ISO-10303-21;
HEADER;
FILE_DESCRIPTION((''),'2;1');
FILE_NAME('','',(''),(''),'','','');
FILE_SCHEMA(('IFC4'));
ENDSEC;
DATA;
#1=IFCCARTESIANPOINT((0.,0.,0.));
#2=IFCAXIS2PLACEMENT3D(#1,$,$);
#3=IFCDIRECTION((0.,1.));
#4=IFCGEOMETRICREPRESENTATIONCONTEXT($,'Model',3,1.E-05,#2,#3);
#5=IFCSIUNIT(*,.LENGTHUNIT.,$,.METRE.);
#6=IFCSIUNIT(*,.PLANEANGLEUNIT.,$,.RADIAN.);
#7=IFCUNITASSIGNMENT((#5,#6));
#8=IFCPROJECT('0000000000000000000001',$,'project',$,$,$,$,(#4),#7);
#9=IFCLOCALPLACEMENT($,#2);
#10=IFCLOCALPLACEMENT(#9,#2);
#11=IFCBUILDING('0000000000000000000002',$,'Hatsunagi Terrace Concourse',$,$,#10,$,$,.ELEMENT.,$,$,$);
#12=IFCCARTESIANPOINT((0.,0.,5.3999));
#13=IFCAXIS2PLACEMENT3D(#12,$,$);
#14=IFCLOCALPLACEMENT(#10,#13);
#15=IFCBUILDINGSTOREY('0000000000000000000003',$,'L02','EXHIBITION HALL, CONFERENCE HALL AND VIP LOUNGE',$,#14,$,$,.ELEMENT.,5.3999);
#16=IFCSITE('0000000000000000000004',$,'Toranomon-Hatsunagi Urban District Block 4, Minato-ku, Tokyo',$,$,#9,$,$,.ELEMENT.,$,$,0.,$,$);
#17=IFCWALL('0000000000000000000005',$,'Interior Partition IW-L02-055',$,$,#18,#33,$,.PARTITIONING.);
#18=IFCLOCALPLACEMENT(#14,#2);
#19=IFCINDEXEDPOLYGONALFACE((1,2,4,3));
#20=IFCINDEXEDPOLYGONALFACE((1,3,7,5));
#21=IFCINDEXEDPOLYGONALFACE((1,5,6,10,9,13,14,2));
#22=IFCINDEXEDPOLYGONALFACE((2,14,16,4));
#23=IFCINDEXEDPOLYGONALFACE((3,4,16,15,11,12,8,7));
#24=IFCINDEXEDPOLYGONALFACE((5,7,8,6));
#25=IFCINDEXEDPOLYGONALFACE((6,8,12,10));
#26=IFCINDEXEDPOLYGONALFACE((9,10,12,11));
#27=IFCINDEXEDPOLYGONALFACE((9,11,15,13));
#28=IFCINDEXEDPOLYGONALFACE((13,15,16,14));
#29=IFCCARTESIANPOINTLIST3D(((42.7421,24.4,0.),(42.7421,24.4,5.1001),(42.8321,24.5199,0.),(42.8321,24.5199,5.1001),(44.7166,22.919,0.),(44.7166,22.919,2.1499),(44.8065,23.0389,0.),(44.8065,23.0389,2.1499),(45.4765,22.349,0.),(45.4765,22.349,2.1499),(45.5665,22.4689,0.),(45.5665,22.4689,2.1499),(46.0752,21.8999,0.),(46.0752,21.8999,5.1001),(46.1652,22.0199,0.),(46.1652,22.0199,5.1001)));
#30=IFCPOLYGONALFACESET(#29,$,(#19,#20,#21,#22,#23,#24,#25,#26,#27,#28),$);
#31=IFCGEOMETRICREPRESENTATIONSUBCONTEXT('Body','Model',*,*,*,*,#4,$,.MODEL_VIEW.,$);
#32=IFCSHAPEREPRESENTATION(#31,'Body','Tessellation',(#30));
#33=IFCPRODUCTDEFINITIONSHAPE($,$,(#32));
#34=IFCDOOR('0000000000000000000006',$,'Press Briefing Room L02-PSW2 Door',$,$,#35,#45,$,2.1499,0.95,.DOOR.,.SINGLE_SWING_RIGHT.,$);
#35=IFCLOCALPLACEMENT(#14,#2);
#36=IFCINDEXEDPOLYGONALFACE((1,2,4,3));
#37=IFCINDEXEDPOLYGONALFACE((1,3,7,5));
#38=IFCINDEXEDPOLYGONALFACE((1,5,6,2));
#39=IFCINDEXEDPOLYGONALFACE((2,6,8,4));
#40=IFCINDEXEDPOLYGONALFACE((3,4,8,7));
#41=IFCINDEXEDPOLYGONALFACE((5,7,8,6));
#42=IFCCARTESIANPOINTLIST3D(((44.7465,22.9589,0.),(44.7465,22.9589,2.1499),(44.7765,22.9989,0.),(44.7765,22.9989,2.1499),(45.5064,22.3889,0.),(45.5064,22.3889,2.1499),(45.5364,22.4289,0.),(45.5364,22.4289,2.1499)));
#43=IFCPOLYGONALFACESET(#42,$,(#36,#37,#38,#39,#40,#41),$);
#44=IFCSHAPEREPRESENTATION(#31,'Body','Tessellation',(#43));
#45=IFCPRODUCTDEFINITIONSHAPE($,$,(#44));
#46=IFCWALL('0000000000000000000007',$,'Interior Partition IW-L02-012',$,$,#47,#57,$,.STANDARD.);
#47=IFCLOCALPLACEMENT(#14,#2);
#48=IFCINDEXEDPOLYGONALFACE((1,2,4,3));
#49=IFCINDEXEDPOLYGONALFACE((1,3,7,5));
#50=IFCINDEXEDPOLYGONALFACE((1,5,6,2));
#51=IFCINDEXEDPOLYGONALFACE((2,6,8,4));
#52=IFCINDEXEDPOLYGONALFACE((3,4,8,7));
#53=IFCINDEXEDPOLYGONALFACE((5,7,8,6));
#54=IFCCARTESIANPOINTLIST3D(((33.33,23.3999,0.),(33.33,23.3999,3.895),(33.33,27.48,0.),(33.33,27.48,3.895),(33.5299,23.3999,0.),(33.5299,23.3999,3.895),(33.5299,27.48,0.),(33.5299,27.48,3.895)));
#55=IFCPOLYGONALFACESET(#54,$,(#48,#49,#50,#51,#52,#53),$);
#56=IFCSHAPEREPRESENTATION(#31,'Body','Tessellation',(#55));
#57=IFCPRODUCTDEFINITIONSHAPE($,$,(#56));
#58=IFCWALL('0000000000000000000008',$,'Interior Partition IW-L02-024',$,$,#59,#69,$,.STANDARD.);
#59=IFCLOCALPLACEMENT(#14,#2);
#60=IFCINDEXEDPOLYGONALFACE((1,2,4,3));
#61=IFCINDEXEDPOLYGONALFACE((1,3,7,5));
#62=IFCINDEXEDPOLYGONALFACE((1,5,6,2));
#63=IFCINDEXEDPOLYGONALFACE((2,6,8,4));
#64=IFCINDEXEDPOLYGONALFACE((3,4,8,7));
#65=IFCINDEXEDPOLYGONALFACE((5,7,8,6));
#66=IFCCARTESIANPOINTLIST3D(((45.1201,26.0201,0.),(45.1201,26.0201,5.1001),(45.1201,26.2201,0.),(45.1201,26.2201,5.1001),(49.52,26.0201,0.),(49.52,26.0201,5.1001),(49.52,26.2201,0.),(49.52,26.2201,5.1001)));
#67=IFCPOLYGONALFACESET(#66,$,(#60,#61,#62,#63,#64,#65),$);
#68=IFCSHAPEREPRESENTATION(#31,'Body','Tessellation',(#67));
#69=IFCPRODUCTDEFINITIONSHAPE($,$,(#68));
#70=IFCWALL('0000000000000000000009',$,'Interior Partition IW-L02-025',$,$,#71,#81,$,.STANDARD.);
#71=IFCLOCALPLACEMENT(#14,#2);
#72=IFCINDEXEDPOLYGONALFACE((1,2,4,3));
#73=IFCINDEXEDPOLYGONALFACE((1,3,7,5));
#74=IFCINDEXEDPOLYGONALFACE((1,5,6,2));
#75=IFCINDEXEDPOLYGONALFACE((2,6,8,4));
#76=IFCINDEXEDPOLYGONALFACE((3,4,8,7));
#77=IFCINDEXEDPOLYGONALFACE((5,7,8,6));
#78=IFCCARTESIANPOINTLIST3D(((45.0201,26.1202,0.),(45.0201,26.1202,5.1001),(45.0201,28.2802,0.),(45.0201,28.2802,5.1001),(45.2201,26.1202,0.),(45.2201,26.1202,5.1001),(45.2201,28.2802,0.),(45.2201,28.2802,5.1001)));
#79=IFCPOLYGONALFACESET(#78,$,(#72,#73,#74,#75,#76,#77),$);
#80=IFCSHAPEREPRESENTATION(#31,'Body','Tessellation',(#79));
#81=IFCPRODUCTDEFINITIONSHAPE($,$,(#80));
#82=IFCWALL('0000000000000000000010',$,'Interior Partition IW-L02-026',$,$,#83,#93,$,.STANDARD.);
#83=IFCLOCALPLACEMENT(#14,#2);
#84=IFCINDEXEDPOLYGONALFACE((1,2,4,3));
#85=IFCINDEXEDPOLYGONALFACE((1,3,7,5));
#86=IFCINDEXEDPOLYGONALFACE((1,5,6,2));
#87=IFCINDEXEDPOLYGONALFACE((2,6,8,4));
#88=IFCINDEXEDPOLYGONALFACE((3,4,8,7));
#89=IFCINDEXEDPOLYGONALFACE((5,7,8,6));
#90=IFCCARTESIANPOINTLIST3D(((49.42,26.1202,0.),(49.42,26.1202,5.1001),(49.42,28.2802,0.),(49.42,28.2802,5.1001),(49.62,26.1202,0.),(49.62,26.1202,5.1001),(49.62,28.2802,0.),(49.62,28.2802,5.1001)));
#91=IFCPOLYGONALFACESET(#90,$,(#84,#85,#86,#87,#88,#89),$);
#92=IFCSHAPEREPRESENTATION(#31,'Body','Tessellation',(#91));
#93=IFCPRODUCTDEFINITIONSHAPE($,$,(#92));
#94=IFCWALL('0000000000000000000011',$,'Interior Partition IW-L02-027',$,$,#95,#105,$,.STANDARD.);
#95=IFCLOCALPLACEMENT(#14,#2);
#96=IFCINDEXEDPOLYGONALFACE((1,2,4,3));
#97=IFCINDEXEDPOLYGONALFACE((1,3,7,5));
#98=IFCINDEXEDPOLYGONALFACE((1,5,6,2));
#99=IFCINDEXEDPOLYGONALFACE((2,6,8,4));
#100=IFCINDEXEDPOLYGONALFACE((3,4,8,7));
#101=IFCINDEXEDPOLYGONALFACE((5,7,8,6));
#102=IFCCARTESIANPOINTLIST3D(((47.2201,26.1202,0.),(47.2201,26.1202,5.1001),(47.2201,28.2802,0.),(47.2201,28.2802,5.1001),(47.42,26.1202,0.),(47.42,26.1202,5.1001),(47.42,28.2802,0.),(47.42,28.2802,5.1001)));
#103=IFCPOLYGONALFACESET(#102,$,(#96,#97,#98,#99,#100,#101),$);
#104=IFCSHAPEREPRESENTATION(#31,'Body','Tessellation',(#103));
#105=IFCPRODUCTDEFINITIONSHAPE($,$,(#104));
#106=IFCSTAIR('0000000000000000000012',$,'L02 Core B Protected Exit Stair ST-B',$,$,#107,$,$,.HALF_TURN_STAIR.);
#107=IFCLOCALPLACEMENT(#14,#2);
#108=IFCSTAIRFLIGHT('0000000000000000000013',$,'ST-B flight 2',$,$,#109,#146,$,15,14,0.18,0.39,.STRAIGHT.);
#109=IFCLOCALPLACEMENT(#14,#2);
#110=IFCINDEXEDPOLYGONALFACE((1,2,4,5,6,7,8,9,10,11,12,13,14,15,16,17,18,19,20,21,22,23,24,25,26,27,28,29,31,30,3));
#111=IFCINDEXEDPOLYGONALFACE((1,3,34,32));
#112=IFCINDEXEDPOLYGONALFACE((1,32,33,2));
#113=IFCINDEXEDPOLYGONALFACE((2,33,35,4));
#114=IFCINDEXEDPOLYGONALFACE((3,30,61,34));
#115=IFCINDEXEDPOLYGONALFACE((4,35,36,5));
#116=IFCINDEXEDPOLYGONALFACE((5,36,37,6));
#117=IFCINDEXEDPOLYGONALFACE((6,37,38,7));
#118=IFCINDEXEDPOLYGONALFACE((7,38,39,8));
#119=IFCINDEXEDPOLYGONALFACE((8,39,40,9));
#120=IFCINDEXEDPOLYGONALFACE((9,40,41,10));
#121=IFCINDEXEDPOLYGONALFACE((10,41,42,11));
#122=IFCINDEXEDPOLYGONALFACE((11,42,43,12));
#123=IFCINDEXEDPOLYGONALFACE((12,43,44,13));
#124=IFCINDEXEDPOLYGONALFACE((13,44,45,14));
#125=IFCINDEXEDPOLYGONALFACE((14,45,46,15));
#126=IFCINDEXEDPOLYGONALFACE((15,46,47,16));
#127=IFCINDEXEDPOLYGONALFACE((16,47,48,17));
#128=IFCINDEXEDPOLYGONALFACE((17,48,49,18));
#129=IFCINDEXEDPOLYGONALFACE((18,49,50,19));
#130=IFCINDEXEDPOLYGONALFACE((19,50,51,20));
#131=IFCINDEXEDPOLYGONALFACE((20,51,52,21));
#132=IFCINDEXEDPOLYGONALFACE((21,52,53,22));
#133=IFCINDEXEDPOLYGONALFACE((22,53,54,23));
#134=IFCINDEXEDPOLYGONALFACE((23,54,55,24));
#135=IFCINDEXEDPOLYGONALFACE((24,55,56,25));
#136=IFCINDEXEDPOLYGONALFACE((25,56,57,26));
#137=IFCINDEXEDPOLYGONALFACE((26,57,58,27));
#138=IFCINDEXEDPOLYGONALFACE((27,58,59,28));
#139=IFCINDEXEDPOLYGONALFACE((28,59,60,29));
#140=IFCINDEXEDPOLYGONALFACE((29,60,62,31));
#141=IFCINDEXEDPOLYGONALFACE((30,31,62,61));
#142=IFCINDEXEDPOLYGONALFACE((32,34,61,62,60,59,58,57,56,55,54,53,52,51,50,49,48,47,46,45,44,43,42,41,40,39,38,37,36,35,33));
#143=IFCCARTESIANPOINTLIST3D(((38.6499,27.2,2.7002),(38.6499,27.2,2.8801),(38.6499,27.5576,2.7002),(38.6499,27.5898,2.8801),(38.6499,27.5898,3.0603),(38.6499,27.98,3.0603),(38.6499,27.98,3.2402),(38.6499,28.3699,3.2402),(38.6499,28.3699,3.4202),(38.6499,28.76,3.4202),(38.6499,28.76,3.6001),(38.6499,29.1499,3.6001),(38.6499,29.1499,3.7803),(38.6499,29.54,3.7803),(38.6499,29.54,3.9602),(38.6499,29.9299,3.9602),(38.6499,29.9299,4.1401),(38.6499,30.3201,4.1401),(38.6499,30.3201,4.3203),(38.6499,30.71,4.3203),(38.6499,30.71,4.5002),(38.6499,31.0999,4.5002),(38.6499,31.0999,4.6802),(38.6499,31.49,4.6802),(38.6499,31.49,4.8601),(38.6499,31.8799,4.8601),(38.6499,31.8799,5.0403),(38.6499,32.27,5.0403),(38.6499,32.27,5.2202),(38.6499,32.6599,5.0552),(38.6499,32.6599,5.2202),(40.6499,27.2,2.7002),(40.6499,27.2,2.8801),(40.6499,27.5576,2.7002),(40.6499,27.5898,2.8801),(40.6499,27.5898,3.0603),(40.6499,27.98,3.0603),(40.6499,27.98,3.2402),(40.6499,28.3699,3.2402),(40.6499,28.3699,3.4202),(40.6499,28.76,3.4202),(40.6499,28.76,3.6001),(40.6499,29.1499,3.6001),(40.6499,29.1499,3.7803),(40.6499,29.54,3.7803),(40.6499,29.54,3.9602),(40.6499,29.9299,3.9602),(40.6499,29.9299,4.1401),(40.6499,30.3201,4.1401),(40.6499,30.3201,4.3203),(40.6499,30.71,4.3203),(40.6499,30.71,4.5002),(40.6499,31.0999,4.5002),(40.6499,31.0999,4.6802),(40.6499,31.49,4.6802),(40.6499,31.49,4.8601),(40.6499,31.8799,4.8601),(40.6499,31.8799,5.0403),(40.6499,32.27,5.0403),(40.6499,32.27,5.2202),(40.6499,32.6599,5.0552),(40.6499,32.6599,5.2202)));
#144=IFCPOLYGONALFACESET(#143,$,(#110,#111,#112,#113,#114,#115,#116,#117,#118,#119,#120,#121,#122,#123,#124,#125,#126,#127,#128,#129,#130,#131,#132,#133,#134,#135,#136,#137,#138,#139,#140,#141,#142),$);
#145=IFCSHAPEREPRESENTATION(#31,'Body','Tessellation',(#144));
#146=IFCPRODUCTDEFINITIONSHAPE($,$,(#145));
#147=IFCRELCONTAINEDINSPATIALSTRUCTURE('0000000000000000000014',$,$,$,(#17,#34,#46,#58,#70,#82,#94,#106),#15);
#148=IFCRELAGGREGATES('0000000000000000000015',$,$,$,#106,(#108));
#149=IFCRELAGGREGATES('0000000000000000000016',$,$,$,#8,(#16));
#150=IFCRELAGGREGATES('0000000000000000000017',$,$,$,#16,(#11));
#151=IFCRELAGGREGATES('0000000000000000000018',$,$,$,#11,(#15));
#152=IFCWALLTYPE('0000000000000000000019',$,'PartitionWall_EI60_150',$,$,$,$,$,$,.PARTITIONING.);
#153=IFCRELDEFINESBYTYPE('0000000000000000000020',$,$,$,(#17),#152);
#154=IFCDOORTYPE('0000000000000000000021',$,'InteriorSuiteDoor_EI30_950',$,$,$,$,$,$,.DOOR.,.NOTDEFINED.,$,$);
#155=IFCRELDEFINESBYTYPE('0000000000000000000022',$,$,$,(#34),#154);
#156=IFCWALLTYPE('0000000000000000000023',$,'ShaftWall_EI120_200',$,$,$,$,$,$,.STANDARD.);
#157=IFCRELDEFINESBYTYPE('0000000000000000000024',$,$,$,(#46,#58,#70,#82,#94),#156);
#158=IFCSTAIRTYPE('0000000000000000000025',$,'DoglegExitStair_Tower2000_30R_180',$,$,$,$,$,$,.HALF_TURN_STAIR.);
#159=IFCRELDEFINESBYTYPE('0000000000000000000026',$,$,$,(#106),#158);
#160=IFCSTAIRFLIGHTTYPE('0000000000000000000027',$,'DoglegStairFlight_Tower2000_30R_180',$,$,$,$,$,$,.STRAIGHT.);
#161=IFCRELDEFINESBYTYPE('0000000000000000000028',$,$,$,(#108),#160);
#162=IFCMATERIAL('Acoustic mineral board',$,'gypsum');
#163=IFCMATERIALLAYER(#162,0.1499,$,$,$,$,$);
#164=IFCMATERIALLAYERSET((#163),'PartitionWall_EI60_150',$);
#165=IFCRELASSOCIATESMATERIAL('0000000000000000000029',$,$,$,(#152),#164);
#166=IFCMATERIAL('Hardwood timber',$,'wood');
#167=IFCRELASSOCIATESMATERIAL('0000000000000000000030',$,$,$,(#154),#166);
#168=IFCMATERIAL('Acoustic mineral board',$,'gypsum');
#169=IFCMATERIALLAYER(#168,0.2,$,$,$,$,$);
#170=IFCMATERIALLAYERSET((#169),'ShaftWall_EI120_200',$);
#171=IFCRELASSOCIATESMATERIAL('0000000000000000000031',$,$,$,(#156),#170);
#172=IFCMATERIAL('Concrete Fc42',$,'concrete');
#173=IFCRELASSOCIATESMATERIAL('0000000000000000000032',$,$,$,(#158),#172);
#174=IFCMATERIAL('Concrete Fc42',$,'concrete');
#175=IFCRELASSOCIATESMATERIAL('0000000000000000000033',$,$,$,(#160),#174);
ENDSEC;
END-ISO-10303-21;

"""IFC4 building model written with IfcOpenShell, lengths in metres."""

from ifc_helpers import new_model, si_unit, direction, frame, frame_2d, origin, place, context, subcontext, project, spatial, polyline, rectangle, outline, extrude, material, layer, layer_set, type_object, element, fill, aggregate, save


model = new_model("IFC4")

# Units and contexts
model_context = context("Model", 3, precision=1e-05, world=origin(), true_north=direction((0.0, 1.0)))
body_context = subcontext(model_context, "Body", "Model", "MODEL_VIEW")
ifc_project = project(units=[si_unit("LENGTHUNIT", "METRE"), si_unit("PLANEANGLEUNIT", "RADIAN")], contexts=[model_context])

# Site, building, storey
site_placement = place(None, origin())
site = spatial("IfcSite", under=ifc_project, at=site_placement, Name="Toranomon-Hatsunagi Urban District Block 4, Minato-ku, Tokyo", CompositionType="ELEMENT", RefElevation=0.0)
building_placement = place(site_placement, origin())
building = spatial("IfcBuilding", under=site, at=building_placement, Name="Hatsunagi Terrace Concourse", CompositionType="ELEMENT")
storey_placement = place(building_placement, frame((0.0, 0.0, 5.3999)))
storey = spatial("IfcBuildingStorey", under=building, at=storey_placement, Name="L02", Description="EXHIBITION HALL, CONFERENCE HALL AND VIP LOUNGE", CompositionType="ELEMENT", Elevation=5.3999)

# Shared definitions
ifc_material_1 = material(Name="Acoustic mineral board", Category="gypsum")
ifc_layer_1 = layer(ifc_material_1, 0.1499)
ifc_layer_set_1 = layer_set([ifc_layer_1], Name="PartitionWall_EI60_150")
wall_type_1 = type_object("IfcWallType", Name="PartitionWall_EI60_150", PredefinedType="PARTITIONING", material=ifc_layer_set_1)

# Wall, opening, door
wall_1_placement = place(storey_placement, frame((42.7871, 24.46, 0.0), z_axis=(0.0, 0.0, 1.0), x_axis=(0.799972, -0.600038, 0.0)))
wall_1 = element("IfcWall", 1, at=wall_1_placement, inside=storey, type_object=wall_type_1, Name="Interior Partition IW-L02-055", PredefinedType="PARTITIONING", context=body_context, shape_type="SweptSolid", body=[
    extrude(rectangle(XDim=4.1665, YDim=0.1499, at=frame_2d((2.0833, 0.0))), origin(), (0.0, 0.0, 1.0), 5.1001),
])
opening_1_placement = place(wall_1_placement, frame((2.468, 0.0, 0.0)))
opening_1 = element("IfcOpeningElement", 2, at=opening_1_placement, cuts=wall_1, PredefinedType="OPENING", context=body_context, shape_type="SweptSolid", body=[
    extrude(rectangle(XDim=0.95, YDim=2.1499, at=frame_2d((0.4751, 1.075))), frame((0.0, 0.085, 0.0), z_axis=(0.0, -1.0, 0.0), x_axis=(1.0, 0.0, 0.0)), (0.0, 0.0, 1.0), 0.1699),
])
ifc_material_2 = material(Name="Hardwood timber", Category="wood")
door_type_1 = type_object("IfcDoorType", Name="InteriorSuiteDoor_EI30_950", OperationType="NOTDEFINED", PredefinedType="DOOR", material=ifc_material_2)
door_1_placement = place(opening_1_placement, origin())
door_1 = element("IfcDoor", 3, at=door_1_placement, inside=storey, type_object=door_type_1, Name="Press Briefing Room L02-PSW2 Door", OperationType="SINGLE_SWING_RIGHT", OverallHeight=2.1499, OverallWidth=0.95, PredefinedType="DOOR", context=body_context, shape_type="SweptSolid", body=[
    extrude(rectangle(XDim=0.95, YDim=2.1499, at=frame_2d((0.4751, 1.075))), frame((0.0, 0.0249, 0.0), z_axis=(0.0, -1.0, 0.0), x_axis=(1.0, 0.0, 0.0)), (0.0, 0.0, 1.0), 0.05),
])
fill(opening_1, door_1)

# Walls
ifc_material_3 = material(Name="Acoustic mineral board", Category="gypsum")
ifc_layer_2 = layer(ifc_material_3, 0.2)
ifc_layer_set_2 = layer_set([ifc_layer_2], Name="ShaftWall_EI120_200")
wall_type_2 = type_object("IfcWallType", Name="ShaftWall_EI120_200", PredefinedType="STANDARD", material=ifc_layer_set_2)
wall_2_placement = place(storey_placement, frame((33.4299, 23.3999, 0.0), z_axis=(0.0, 0.0, 1.0), x_axis=(0.0, 1.0, 0.0)))
element("IfcWall", 4, at=wall_2_placement, inside=storey, type_object=wall_type_2, Name="Interior Partition IW-L02-012", PredefinedType="STANDARD", context=body_context, shape_type="SweptSolid", body=[
    extrude(rectangle(XDim=4.0801, YDim=0.2, at=frame_2d((2.04, 0.0))), origin(), (0.0, 0.0, 1.0), 3.895),
])
wall_3_placement = place(storey_placement, frame((45.1201, 26.1201, 0.0), z_axis=(0.0, 0.0, 1.0), x_axis=(1.0, 0.0, 0.0)))
element("IfcWall", 5, at=wall_3_placement, inside=storey, type_object=wall_type_2, Name="Interior Partition IW-L02-024", PredefinedType="STANDARD", context=body_context, shape_type="SweptSolid", body=[
    extrude(rectangle(XDim=4.3999, YDim=0.2, at=frame_2d((2.2, 0.0))), origin(), (0.0, 0.0, 1.0), 5.1001),
])
for number, where, z_axis, x_axis, name in (
    (6, (45.1201, 26.1201, 0.0), (0.0, 0.0, 1.0), (0.0, 1.0, 0.0), "Interior Partition IW-L02-025"),
    (7, (49.52, 26.1201, 0.0), (0.0, 0.0, 1.0), (0.0, 1.0, 0.0), "Interior Partition IW-L02-026"),
    (8, (47.3201, 26.1201, 0.0), (0.0, 0.0, 1.0), (0.0, 1.0, 0.0), "Interior Partition IW-L02-027"),
):
    element("IfcWall", number, at=place(storey_placement, frame(where, z_axis=z_axis, x_axis=x_axis)), inside=storey, type_object=wall_type_2, Name=name, PredefinedType="STANDARD", context=body_context, shape_type="SweptSolid", body=[
        extrude(rectangle(XDim=2.1599, YDim=0.2, at=frame_2d((1.0801, 0.0))), origin(), (0.0, 0.0, 1.0), 5.1001),
    ])

# Stair, stair flight
ifc_material_4 = material(Name="Concrete Fc42", Category="concrete")
stair_type = type_object("IfcStairType", Name="DoglegExitStair_Tower2000_30R_180", PredefinedType="HALF_TURN_STAIR", material=ifc_material_4)
stair_placement = place(storey_placement, origin())
stair = element("IfcStair", 9, at=stair_placement, inside=storey, type_object=stair_type, Name="L02 Core B Protected Exit Stair ST-B", PredefinedType="HALF_TURN_STAIR")
ifc_material_5 = material(Name="Concrete Fc42", Category="concrete")
stair_flight_type = type_object("IfcStairFlightType", Name="DoglegStairFlight_Tower2000_30R_180", PredefinedType="STRAIGHT", material=ifc_material_5)
stair_flight_placement = place(storey_placement, frame((39.6499, 27.2, 2.7002), z_axis=(0.0, 0.0, 1.0), x_axis=(0.0, 1.0, 0.0)))
stair_flight = element("IfcStairFlight", 10, at=stair_flight_placement, type_object=stair_flight_type, Name="ST-B flight 2", NumberOfRisers=15, NumberOfTreads=14, PredefinedType="STRAIGHT", RiserHeight=0.18, TreadLength=0.39, context=body_context, shape_type="SweptSolid", body=[
    extrude(outline(polyline([(0.0, 0.0), (0.0, 0.1799), (0.3899, 0.1799), (0.3899, 0.3601), (0.78, 0.3601), (0.78, 0.54), (1.1699, 0.54), (1.1699, 0.72), (1.5601, 0.72), (1.5601, 0.8999), (1.95, 0.8999), (1.95, 1.0801), (2.3401, 1.0801), (2.3401, 1.26), (2.73, 1.26), (2.73, 1.4399), (3.1201, 1.4399), (3.1201, 1.6201), (3.51, 1.6201), (3.51, 1.8), (3.8999, 1.8), (3.8999, 1.98), (4.29, 1.98), (4.29, 2.1599), (4.6799, 2.1599), (4.6799, 2.3401), (5.0701, 2.3401), (5.0701, 2.52), (5.46, 2.52), (5.46, 2.7), (5.46, 2.355), (0.3577, 0.0), (0.0, 0.0)])), frame((0.0, 1.0, 0.0), z_axis=(0.0, -1.0, 0.0), x_axis=(1.0, 0.0, 0.0)), (0.0, 0.0, 1.0), 2.0),
])
aggregate(stair, [stair_flight])

save(model, "model.ifc")
